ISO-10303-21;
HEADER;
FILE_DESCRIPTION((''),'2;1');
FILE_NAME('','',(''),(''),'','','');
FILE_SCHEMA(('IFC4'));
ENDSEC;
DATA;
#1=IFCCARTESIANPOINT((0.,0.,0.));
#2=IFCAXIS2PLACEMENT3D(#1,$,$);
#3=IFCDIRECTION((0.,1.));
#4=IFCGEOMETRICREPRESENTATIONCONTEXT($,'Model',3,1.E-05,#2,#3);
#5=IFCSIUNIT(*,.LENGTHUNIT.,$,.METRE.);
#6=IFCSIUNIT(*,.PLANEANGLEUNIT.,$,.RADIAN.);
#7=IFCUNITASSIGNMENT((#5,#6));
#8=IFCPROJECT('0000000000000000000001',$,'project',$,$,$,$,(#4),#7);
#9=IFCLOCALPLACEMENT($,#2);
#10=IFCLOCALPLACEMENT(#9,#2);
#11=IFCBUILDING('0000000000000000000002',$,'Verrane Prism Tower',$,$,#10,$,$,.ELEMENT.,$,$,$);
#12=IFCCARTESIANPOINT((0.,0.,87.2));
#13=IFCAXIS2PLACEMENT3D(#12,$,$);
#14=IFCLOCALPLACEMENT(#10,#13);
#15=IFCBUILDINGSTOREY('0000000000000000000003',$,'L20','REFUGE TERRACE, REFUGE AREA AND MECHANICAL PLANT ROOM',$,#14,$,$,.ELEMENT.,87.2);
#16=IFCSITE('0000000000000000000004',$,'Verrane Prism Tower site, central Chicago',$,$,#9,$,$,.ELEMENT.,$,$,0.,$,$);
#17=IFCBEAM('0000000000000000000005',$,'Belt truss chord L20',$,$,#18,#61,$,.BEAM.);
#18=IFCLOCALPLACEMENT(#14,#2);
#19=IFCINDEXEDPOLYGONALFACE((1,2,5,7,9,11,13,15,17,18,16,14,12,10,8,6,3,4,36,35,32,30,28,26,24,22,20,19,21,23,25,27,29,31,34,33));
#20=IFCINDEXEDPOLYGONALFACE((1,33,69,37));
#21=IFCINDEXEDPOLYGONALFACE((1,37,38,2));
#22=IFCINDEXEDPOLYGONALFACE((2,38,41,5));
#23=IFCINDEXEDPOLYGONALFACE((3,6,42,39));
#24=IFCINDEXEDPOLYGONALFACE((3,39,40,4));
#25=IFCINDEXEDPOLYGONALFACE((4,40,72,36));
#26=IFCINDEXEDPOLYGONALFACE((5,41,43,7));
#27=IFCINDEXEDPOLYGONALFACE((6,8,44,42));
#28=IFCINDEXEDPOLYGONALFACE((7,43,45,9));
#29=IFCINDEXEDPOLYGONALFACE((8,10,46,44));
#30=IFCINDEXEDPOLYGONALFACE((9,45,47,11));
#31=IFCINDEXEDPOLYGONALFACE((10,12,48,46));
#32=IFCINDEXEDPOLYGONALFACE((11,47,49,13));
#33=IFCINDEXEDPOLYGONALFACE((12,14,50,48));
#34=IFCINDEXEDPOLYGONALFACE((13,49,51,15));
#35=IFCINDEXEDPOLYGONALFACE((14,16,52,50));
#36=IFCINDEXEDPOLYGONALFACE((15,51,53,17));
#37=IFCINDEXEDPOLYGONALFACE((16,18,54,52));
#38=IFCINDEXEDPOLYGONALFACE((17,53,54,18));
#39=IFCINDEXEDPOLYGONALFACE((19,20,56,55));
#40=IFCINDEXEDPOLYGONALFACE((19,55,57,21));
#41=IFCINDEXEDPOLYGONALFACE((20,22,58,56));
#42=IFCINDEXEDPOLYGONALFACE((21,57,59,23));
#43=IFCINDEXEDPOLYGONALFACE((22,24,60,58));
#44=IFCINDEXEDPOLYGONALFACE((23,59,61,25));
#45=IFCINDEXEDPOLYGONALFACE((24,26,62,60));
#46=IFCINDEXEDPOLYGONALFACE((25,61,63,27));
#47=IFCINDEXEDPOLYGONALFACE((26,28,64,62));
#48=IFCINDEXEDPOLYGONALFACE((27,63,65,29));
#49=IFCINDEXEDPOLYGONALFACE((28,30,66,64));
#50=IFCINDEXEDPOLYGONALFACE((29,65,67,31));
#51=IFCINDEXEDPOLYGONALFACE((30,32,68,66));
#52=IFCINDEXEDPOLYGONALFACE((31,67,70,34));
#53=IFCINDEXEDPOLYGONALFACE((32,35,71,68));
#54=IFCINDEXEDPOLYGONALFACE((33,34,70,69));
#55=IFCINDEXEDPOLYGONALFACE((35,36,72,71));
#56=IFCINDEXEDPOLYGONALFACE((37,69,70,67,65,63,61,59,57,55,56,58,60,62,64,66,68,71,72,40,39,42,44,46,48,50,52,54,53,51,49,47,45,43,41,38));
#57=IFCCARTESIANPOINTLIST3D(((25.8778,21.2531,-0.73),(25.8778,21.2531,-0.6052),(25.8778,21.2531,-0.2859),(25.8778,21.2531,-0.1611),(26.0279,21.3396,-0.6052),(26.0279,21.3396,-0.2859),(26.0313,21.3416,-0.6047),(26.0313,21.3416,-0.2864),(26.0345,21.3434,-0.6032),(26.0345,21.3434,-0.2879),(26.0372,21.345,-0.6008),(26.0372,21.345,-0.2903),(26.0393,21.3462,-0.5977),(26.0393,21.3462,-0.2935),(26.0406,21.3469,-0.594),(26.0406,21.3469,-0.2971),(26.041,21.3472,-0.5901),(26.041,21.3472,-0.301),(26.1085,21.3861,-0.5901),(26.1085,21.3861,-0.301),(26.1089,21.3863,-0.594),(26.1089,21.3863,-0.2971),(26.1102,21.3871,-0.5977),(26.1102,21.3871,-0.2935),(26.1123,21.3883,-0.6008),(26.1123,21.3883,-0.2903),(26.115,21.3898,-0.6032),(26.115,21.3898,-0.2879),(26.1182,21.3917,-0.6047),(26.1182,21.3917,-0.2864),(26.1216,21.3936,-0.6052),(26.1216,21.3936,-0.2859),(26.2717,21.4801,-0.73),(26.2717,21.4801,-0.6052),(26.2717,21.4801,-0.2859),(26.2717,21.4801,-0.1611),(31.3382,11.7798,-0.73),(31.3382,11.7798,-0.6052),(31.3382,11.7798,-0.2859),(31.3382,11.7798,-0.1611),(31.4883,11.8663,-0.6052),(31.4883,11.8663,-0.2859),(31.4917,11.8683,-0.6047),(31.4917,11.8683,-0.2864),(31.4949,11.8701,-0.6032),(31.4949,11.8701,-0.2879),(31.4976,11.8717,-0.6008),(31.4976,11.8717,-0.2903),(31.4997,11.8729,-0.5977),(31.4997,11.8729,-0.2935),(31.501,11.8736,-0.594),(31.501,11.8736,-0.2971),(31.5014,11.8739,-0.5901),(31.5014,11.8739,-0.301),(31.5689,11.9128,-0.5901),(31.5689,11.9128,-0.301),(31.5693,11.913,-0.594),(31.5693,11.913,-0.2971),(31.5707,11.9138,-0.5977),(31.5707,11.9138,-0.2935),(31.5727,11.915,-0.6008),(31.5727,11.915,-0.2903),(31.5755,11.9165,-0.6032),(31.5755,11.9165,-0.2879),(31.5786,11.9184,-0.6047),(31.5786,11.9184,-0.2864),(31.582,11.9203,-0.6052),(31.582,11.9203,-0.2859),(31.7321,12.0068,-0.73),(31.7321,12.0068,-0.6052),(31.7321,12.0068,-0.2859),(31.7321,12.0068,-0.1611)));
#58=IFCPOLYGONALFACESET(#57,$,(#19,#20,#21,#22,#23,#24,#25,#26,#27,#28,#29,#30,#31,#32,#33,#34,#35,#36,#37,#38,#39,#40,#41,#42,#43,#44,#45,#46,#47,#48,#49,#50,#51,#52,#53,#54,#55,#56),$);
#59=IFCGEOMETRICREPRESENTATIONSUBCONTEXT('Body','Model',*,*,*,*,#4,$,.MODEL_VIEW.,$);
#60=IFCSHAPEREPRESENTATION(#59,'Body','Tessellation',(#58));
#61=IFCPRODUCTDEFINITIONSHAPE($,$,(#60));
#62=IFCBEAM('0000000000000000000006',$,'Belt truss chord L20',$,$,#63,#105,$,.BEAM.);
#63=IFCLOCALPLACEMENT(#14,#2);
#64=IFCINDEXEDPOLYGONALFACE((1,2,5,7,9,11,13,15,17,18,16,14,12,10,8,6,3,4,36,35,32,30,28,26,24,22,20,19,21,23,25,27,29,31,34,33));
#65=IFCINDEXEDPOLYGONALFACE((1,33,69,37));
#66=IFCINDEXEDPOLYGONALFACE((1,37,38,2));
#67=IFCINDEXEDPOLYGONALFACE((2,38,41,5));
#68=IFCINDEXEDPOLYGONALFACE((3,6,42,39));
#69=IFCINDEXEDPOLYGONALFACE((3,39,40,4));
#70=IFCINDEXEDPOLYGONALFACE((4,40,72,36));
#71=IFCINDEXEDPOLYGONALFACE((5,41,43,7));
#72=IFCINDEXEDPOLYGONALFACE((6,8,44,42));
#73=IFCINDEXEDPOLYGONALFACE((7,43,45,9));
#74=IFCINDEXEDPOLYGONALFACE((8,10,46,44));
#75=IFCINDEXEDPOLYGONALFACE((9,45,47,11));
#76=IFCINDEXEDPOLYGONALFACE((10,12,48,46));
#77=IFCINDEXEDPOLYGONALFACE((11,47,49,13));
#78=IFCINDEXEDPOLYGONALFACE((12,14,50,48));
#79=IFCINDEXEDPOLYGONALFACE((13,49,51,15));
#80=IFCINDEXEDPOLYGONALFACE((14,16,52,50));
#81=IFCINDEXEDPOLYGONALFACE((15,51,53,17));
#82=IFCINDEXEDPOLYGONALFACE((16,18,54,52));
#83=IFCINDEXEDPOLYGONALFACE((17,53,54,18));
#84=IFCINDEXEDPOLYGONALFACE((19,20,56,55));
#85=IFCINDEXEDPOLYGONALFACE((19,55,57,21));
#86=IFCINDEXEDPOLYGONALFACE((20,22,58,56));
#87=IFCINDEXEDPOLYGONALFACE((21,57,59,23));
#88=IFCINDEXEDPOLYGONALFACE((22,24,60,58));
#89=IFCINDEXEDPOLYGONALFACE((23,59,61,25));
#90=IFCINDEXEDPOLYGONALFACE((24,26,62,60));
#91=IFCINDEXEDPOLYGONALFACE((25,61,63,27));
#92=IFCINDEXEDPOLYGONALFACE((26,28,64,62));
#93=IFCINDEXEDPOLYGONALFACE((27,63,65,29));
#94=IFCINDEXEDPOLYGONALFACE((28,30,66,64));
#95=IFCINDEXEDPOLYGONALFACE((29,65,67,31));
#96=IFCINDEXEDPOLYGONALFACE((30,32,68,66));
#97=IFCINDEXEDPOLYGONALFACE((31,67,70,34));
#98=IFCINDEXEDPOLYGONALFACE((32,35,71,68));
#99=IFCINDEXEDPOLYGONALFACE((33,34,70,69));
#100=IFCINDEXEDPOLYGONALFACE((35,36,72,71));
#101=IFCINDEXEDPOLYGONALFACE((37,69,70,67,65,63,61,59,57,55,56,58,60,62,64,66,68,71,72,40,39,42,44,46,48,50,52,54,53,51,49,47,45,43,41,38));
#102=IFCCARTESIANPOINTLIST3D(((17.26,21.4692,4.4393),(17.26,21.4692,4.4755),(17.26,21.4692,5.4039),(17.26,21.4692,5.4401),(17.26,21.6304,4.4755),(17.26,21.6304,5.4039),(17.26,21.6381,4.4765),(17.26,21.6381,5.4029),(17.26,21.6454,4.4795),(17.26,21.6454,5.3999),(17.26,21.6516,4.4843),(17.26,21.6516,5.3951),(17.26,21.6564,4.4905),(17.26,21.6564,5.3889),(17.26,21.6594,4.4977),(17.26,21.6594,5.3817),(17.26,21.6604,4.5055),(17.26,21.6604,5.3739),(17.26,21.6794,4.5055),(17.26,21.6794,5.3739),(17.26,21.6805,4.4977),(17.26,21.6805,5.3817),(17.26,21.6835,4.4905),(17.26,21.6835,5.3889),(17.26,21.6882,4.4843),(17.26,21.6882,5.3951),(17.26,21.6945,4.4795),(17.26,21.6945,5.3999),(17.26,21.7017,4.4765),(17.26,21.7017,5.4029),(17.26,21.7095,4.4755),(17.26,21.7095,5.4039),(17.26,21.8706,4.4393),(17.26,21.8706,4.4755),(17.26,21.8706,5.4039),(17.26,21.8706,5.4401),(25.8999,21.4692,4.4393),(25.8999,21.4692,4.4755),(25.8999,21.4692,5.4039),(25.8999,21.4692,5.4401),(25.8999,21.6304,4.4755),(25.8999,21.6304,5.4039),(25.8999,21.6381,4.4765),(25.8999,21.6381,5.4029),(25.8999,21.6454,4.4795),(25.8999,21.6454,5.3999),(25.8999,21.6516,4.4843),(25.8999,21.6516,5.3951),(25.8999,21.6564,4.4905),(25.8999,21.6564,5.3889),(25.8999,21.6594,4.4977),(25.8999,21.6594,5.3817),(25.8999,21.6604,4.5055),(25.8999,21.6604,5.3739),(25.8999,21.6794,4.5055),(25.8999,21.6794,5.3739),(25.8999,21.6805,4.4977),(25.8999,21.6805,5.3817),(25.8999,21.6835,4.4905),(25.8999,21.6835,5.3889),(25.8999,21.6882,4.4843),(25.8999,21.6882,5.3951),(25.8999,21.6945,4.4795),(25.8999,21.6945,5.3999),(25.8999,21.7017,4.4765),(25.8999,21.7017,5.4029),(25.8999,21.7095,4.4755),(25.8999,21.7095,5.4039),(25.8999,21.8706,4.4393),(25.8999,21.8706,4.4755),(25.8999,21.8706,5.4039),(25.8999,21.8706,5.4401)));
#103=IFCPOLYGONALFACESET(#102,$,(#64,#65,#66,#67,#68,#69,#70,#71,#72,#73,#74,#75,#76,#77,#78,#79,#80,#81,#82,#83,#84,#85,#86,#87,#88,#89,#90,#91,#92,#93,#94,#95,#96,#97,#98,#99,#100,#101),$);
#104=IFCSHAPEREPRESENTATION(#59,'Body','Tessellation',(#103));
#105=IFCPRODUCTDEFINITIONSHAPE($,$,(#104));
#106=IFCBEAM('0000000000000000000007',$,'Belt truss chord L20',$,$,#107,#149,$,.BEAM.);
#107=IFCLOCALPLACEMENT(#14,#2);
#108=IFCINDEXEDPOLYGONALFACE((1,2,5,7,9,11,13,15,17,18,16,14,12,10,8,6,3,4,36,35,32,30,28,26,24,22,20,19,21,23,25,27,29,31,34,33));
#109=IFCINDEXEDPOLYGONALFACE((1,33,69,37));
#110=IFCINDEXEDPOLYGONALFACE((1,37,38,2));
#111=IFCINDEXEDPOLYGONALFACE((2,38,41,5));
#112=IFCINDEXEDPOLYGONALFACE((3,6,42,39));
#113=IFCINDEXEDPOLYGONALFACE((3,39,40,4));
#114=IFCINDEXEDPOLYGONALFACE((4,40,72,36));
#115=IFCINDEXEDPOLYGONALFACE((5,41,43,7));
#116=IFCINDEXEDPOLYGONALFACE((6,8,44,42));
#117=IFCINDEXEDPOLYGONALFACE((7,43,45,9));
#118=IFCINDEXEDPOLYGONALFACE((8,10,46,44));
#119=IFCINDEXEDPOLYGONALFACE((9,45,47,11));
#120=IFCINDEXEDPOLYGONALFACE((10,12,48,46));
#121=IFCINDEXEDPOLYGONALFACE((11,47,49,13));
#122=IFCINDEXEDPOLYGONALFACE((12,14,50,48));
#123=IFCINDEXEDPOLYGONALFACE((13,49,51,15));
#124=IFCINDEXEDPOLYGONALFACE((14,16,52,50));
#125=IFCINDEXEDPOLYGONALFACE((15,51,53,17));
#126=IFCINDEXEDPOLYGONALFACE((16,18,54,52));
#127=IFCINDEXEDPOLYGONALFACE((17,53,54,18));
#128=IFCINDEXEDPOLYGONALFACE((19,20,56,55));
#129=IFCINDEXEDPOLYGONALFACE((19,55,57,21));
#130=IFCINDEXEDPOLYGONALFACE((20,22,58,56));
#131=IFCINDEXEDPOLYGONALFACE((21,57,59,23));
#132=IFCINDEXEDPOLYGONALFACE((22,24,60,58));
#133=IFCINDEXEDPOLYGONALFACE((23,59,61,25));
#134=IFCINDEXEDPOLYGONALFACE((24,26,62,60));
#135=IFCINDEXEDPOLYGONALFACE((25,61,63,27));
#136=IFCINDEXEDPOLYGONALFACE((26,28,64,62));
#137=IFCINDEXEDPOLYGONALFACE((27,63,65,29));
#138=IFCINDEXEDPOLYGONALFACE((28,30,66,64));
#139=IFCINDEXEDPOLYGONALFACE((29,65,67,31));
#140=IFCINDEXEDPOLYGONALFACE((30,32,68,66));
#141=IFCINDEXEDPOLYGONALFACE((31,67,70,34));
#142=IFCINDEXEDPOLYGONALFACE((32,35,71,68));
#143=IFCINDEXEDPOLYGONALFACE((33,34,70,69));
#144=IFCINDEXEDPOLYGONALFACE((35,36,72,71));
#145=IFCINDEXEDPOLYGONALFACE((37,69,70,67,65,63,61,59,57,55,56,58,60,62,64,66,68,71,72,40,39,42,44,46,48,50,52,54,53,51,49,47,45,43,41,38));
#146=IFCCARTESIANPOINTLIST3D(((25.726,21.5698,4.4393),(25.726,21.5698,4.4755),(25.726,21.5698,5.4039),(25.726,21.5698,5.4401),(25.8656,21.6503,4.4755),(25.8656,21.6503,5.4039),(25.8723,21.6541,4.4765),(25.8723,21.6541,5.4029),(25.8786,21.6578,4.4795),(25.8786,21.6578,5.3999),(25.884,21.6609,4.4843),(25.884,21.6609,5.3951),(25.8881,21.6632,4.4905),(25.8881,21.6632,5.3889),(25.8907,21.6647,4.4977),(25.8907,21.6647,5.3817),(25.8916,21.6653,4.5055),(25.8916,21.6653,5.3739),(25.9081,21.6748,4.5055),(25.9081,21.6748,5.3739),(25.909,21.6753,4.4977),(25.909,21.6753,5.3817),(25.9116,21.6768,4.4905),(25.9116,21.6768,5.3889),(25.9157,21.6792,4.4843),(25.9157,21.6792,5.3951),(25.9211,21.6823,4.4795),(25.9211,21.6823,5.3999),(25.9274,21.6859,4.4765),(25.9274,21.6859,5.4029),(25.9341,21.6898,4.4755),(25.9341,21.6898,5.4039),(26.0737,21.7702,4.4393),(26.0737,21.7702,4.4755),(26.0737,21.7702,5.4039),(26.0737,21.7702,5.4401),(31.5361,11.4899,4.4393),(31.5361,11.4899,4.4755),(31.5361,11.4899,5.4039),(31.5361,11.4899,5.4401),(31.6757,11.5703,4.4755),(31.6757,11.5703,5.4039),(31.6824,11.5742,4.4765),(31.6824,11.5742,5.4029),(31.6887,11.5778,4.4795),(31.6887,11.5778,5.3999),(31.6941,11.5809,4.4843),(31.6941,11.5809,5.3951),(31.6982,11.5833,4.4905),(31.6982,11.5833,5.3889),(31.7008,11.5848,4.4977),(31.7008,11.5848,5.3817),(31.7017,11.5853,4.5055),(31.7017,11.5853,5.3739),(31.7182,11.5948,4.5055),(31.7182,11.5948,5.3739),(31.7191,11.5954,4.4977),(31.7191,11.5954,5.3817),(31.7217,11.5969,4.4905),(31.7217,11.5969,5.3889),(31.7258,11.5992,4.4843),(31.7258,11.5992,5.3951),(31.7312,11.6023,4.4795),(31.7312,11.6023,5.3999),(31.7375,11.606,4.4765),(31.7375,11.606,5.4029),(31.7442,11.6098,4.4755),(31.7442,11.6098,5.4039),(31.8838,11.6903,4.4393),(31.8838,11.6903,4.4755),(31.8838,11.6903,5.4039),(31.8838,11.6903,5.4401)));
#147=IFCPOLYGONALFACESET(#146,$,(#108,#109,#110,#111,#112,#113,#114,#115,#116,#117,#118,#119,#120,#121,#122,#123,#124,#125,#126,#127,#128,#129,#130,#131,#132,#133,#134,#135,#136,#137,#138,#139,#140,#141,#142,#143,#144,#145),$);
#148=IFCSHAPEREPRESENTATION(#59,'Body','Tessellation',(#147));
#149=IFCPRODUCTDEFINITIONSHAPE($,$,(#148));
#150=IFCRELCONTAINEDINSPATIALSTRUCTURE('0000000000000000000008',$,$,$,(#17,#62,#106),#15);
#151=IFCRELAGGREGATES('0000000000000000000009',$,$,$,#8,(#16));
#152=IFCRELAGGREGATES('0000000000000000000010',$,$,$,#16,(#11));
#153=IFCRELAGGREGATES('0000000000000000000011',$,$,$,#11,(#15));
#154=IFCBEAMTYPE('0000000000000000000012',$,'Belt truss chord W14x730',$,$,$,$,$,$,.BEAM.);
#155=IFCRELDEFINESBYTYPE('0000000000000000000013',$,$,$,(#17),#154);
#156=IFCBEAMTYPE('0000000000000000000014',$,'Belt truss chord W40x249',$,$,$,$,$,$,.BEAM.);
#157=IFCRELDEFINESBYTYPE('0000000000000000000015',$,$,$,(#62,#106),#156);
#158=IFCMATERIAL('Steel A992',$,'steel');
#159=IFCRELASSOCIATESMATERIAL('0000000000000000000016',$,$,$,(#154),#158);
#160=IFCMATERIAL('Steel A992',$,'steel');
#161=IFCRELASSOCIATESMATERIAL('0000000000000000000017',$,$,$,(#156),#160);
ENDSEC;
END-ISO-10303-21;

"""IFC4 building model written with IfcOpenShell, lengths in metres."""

from ifc_helpers import new_model, si_unit, direction, frame, origin, origin_2d, place, context, subcontext, project, spatial, i_section, extrude, material, material_profile, profile_set, type_object, element, save


model = new_model("IFC4")

# Units and contexts
model_context = context("Model", 3, precision=1e-05, world=origin(), true_north=direction((0.0, 1.0)))
body_context = subcontext(model_context, "Body", "Model", "MODEL_VIEW")
ifc_project = project(units=[si_unit("LENGTHUNIT", "METRE"), si_unit("PLANEANGLEUNIT", "RADIAN")], contexts=[model_context])

# Site, building, storey
site_placement = place(None, origin())
site = spatial("IfcSite", under=ifc_project, at=site_placement, Name="Verrane Prism Tower site, central Chicago", CompositionType="ELEMENT", RefElevation=0.0)
building_placement = place(site_placement, origin())
building = spatial("IfcBuilding", under=site, at=building_placement, Name="Verrane Prism Tower", CompositionType="ELEMENT")
storey_placement = place(building_placement, frame((0.0, 0.0, 87.2)))
storey = spatial("IfcBuildingStorey", under=building, at=storey_placement, Name="L20", Description="REFUGE TERRACE, REFUGE AREA AND MECHANICAL PLANT ROOM", CompositionType="ELEMENT", Elevation=87.2)

# Beams
ifc_material_1 = material(Name="Steel A992", Category="steel")
ifc_material_profile_1 = material_profile(ifc_material_1, i_section(OverallWidth=0.4546, OverallDepth=0.5688, WebThickness=0.0779, FlangeThickness=0.1248, FilletRadius=0.0151, at=origin_2d()), Name="W14x730")
ifc_profile_set_1 = profile_set([ifc_material_profile_1], Name="Steel A992")
beam_type_1 = type_object("IfcBeamType", Name="Belt truss chord W14x730", PredefinedType="BEAM", material=ifc_profile_set_1)
beam_1_placement = place(storey_placement, frame((31.5352, 11.8933, -0.4456), z_axis=(-0.499382, 0.866382, 0.0), x_axis=(-0.866382, -0.499382, 0.0)))
element("IfcBeam", 1, at=beam_1_placement, inside=storey, type_object=beam_type_1, Name="Belt truss chord L20", PredefinedType="BEAM", context=body_context, shape_type="SweptSolid", body=[
    extrude(i_section(OverallWidth=0.4546, OverallDepth=0.5688, WebThickness=0.0779, FlangeThickness=0.1248, FilletRadius=0.0151, at=origin_2d()), origin(), (0.0, 0.0, 1.0), 10.9343),
])
ifc_material_2 = material(Name="Steel A992", Category="steel")
ifc_material_profile_2 = material_profile(ifc_material_2, i_section(OverallWidth=0.4014, OverallDepth=1.0007, WebThickness=0.019, FlangeThickness=0.0361, FilletRadius=0.03, at=origin_2d()), Name="W40x249")
ifc_profile_set_2 = profile_set([ifc_material_profile_2], Name="Steel A992")
beam_type_2 = type_object("IfcBeamType", Name="Belt truss chord W40x249", PredefinedType="BEAM", material=ifc_profile_set_2)
beam_2_placement = place(storey_placement, frame((25.8999, 21.6699, 4.9397), z_axis=(-1.0, 0.0, 0.0), x_axis=(0.0, -1.0, 0.0)))
element("IfcBeam", 2, at=beam_2_placement, inside=storey, type_object=beam_type_2, Name="Belt truss chord L20", PredefinedType="BEAM", context=body_context, shape_type="SweptSolid", body=[
    extrude(i_section(OverallWidth=0.4014, OverallDepth=1.0007, WebThickness=0.019, FlangeThickness=0.0361, FilletRadius=0.03, at=origin_2d()), origin(), (0.0, 0.0, 1.0), 8.6399),
])
beam_3_placement = place(storey_placement, frame((31.71, 11.5901, 4.9397), z_axis=(-0.499385, 0.86638, 0.0), x_axis=(-0.86638, -0.499385, 0.0)))
element("IfcBeam", 3, at=beam_3_placement, inside=storey, type_object=beam_type_2, Name="Belt truss chord L20", PredefinedType="BEAM", context=body_context, shape_type="SweptSolid", body=[
    extrude(i_section(OverallWidth=0.4014, OverallDepth=1.0007, WebThickness=0.019, FlangeThickness=0.0361, FilletRadius=0.03, at=origin_2d()), origin(), (0.0, 0.0, 1.0), 11.6345),
])

save(model, "model.ifc")
